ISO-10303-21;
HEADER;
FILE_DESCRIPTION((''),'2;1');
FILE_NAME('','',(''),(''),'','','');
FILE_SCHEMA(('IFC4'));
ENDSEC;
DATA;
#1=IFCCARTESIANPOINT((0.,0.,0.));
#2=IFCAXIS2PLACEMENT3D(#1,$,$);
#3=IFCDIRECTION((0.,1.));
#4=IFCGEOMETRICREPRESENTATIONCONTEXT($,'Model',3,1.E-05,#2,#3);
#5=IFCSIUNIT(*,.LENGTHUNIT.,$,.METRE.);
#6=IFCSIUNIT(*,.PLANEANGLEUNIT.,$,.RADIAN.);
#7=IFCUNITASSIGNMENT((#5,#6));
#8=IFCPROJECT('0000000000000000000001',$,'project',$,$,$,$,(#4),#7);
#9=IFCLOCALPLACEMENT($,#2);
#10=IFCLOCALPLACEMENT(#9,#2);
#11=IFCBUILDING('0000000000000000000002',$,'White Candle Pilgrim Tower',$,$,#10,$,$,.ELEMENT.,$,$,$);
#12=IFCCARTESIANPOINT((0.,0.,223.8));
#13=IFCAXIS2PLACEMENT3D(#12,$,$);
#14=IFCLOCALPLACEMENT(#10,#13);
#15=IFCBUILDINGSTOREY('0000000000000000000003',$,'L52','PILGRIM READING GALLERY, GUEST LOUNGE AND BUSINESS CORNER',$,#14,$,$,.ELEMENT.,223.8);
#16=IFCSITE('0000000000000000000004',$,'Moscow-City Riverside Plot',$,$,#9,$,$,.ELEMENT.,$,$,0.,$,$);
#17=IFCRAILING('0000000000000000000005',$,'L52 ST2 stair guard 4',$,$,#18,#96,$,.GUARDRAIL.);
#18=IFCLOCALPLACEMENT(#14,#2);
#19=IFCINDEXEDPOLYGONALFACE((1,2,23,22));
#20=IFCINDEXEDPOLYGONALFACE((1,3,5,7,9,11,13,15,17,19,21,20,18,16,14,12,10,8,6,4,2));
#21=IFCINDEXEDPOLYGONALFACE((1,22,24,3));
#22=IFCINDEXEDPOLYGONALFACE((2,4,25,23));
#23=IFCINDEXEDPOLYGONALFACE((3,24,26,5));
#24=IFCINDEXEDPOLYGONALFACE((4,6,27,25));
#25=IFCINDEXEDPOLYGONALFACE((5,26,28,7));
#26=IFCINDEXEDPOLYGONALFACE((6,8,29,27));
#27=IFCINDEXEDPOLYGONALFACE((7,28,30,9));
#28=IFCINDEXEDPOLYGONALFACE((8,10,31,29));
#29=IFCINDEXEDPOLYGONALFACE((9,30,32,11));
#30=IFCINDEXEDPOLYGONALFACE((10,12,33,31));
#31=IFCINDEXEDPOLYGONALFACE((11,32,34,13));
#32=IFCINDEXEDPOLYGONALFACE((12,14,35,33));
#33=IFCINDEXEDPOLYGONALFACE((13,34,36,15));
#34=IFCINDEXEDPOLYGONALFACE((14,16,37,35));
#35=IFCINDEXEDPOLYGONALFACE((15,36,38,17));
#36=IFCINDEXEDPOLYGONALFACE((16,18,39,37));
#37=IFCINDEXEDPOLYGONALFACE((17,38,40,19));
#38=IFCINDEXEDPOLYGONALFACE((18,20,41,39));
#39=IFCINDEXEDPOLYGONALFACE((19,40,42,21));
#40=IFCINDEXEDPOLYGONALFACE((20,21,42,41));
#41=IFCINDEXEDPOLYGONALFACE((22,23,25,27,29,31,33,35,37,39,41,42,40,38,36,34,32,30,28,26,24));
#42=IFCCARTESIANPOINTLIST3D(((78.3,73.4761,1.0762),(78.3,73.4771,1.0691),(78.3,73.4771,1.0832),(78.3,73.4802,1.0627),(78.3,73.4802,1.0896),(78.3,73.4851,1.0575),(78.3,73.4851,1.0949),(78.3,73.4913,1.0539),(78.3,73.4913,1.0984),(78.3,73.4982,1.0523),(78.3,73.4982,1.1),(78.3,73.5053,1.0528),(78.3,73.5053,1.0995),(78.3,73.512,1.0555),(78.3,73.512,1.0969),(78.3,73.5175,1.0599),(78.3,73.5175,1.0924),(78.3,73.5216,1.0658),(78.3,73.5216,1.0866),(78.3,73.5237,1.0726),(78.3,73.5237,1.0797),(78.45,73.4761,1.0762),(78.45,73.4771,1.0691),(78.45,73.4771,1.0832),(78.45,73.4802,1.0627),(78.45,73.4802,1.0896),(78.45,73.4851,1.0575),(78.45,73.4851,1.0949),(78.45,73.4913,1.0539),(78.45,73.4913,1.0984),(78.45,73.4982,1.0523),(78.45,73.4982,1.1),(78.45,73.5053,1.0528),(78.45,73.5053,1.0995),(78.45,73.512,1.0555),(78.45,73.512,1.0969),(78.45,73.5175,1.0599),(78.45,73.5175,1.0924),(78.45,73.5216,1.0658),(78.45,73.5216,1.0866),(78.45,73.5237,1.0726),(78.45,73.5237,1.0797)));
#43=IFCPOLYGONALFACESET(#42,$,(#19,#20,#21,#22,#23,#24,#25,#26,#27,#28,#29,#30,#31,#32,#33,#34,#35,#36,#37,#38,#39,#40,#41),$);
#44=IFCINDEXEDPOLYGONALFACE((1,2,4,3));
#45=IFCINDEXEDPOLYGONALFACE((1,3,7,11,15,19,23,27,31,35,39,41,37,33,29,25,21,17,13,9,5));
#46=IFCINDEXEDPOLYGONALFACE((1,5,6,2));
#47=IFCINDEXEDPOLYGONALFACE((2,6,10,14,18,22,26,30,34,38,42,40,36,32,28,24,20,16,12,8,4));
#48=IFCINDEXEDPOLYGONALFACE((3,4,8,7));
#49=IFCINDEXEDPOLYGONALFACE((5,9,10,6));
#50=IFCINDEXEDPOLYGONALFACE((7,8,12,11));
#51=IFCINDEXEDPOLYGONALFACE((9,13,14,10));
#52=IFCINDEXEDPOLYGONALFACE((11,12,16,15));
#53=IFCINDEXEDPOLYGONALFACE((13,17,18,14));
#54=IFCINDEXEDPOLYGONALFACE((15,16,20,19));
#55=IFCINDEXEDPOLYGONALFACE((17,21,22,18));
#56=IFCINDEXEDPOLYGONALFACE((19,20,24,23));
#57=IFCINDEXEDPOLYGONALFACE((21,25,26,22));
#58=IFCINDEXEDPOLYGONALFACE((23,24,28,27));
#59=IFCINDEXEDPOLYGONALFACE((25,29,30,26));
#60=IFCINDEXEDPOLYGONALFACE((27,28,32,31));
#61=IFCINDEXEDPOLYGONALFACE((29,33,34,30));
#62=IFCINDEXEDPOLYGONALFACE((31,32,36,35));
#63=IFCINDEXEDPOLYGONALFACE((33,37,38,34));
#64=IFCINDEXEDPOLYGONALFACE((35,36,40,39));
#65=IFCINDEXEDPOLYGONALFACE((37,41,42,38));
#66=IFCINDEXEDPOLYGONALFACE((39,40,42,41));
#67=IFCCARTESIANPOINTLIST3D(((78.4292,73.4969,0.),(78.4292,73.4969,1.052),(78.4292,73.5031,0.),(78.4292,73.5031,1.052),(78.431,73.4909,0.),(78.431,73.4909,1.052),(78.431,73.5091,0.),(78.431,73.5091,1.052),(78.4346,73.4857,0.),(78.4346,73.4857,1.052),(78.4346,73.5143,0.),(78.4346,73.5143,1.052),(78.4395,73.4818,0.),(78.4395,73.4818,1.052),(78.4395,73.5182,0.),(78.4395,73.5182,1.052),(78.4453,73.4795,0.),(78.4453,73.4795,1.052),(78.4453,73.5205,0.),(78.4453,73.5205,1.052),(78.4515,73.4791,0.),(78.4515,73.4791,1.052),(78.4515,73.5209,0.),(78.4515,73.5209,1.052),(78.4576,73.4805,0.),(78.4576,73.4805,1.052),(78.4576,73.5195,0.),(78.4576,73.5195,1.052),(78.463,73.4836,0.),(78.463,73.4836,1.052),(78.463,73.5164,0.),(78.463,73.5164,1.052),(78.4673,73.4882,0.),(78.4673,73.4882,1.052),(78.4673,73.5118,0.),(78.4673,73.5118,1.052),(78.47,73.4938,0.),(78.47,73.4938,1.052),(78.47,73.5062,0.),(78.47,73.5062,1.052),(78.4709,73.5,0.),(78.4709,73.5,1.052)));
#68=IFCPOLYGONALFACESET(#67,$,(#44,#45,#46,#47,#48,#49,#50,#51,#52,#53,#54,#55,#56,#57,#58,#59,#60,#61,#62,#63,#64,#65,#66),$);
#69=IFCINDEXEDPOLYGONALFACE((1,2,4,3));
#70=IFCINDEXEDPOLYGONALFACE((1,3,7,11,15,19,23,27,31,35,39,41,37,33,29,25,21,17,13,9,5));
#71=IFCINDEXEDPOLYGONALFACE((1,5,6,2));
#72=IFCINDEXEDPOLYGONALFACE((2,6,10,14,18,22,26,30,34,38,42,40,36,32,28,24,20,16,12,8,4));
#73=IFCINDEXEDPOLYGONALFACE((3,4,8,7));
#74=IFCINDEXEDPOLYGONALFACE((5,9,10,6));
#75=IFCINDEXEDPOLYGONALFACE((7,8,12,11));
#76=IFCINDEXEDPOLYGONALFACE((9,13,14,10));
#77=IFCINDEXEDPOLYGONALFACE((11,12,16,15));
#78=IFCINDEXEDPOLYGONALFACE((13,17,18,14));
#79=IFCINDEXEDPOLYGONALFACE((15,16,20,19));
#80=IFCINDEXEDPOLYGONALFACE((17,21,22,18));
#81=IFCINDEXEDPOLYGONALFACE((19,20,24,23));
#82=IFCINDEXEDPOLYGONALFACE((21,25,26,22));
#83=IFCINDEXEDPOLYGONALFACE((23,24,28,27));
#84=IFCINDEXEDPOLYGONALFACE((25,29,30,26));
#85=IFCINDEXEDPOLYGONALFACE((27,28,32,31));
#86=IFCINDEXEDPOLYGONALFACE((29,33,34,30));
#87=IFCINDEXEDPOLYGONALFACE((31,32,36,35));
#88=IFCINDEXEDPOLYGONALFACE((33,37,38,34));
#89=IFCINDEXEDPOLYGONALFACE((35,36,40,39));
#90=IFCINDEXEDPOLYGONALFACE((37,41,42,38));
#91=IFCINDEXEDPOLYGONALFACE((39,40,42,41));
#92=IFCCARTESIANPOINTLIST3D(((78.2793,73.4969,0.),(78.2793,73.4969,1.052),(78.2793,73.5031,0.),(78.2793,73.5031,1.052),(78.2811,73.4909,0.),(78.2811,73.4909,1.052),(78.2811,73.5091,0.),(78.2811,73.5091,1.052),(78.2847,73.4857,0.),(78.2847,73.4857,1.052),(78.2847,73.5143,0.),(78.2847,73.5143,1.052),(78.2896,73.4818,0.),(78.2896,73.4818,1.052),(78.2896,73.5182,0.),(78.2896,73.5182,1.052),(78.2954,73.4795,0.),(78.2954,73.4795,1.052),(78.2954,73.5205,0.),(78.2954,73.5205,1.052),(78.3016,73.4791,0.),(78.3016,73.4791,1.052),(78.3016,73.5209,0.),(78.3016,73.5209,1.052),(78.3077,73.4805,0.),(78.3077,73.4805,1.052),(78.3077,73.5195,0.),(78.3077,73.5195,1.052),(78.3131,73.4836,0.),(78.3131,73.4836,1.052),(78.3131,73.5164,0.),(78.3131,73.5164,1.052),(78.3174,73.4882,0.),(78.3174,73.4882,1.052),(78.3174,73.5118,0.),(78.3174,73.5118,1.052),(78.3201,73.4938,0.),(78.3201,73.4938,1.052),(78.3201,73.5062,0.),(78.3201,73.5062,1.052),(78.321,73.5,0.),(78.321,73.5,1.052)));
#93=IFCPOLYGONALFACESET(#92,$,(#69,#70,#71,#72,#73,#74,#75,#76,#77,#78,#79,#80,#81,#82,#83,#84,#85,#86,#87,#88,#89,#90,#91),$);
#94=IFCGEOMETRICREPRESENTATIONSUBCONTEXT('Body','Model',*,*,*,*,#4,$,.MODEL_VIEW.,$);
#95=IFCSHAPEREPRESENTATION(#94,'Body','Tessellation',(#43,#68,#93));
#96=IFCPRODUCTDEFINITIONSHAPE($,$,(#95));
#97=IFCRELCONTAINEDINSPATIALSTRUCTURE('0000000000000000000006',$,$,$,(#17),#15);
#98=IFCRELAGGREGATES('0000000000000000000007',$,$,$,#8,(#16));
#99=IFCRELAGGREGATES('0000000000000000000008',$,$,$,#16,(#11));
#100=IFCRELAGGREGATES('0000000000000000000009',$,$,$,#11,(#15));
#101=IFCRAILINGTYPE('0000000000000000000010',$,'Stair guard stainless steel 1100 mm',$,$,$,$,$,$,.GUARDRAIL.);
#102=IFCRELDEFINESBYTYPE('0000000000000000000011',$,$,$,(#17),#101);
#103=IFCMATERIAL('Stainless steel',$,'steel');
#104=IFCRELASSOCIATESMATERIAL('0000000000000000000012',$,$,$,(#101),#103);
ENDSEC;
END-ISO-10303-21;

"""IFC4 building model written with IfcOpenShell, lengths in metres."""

from ifc_helpers import new_model, si_unit, direction, frame, origin, origin_2d, place, context, subcontext, project, spatial, circle, extrude, material, type_object, element, save


model = new_model("IFC4")

# Units and contexts
model_context = context("Model", 3, precision=1e-05, world=origin(), true_north=direction((0.0, 1.0)))
body_context = subcontext(model_context, "Body", "Model", "MODEL_VIEW")
ifc_project = project(units=[si_unit("LENGTHUNIT", "METRE"), si_unit("PLANEANGLEUNIT", "RADIAN")], contexts=[model_context])

# Site, building, storey
site_placement = place(None, origin())
site = spatial("IfcSite", under=ifc_project, at=site_placement, Name="Moscow-City Riverside Plot", CompositionType="ELEMENT", RefElevation=0.0)
building_placement = place(site_placement, origin())
building = spatial("IfcBuilding", under=site, at=building_placement, Name="White Candle Pilgrim Tower", CompositionType="ELEMENT")
storey_placement = place(building_placement, frame((0.0, 0.0, 223.8)))
storey = spatial("IfcBuildingStorey", under=building, at=storey_placement, Name="L52", Description="PILGRIM READING GALLERY, GUEST LOUNGE AND BUSINESS CORNER", CompositionType="ELEMENT", Elevation=223.8)

# Railing
ifc_material_1 = material(Name="Stainless steel", Category="steel")
railing_type_1 = type_object("IfcRailingType", Name="Stair guard stainless steel 1100 mm", PredefinedType="GUARDRAIL", material=ifc_material_1)
railing_1_placement = place(storey_placement, frame((78.45, 73.5, 0.0)))
element("IfcRailing", 1, at=railing_1_placement, inside=storey, type_object=railing_type_1, Name="L52 ST2 stair guard 4", PredefinedType="GUARDRAIL", context=body_context, shape_type="SweptSolid", body=[
    extrude(circle(Radius=0.0239, at=origin_2d()), frame((0.0, 0.0, 1.0762), z_axis=(-1.0, 0.0, 0.0), x_axis=(0.0, -1.0, 0.0)), (0.0, 0.0, 1.0), 0.1499),
    extrude(circle(Radius=0.021, at=origin_2d()), origin(), (0.0, 0.0, 1.0), 1.052),
    extrude(circle(Radius=0.021, at=origin_2d()), frame((-0.1499, 0.0, 0.0)), (0.0, 0.0, 1.0), 1.052),
])

save(model, "model.ifc")
